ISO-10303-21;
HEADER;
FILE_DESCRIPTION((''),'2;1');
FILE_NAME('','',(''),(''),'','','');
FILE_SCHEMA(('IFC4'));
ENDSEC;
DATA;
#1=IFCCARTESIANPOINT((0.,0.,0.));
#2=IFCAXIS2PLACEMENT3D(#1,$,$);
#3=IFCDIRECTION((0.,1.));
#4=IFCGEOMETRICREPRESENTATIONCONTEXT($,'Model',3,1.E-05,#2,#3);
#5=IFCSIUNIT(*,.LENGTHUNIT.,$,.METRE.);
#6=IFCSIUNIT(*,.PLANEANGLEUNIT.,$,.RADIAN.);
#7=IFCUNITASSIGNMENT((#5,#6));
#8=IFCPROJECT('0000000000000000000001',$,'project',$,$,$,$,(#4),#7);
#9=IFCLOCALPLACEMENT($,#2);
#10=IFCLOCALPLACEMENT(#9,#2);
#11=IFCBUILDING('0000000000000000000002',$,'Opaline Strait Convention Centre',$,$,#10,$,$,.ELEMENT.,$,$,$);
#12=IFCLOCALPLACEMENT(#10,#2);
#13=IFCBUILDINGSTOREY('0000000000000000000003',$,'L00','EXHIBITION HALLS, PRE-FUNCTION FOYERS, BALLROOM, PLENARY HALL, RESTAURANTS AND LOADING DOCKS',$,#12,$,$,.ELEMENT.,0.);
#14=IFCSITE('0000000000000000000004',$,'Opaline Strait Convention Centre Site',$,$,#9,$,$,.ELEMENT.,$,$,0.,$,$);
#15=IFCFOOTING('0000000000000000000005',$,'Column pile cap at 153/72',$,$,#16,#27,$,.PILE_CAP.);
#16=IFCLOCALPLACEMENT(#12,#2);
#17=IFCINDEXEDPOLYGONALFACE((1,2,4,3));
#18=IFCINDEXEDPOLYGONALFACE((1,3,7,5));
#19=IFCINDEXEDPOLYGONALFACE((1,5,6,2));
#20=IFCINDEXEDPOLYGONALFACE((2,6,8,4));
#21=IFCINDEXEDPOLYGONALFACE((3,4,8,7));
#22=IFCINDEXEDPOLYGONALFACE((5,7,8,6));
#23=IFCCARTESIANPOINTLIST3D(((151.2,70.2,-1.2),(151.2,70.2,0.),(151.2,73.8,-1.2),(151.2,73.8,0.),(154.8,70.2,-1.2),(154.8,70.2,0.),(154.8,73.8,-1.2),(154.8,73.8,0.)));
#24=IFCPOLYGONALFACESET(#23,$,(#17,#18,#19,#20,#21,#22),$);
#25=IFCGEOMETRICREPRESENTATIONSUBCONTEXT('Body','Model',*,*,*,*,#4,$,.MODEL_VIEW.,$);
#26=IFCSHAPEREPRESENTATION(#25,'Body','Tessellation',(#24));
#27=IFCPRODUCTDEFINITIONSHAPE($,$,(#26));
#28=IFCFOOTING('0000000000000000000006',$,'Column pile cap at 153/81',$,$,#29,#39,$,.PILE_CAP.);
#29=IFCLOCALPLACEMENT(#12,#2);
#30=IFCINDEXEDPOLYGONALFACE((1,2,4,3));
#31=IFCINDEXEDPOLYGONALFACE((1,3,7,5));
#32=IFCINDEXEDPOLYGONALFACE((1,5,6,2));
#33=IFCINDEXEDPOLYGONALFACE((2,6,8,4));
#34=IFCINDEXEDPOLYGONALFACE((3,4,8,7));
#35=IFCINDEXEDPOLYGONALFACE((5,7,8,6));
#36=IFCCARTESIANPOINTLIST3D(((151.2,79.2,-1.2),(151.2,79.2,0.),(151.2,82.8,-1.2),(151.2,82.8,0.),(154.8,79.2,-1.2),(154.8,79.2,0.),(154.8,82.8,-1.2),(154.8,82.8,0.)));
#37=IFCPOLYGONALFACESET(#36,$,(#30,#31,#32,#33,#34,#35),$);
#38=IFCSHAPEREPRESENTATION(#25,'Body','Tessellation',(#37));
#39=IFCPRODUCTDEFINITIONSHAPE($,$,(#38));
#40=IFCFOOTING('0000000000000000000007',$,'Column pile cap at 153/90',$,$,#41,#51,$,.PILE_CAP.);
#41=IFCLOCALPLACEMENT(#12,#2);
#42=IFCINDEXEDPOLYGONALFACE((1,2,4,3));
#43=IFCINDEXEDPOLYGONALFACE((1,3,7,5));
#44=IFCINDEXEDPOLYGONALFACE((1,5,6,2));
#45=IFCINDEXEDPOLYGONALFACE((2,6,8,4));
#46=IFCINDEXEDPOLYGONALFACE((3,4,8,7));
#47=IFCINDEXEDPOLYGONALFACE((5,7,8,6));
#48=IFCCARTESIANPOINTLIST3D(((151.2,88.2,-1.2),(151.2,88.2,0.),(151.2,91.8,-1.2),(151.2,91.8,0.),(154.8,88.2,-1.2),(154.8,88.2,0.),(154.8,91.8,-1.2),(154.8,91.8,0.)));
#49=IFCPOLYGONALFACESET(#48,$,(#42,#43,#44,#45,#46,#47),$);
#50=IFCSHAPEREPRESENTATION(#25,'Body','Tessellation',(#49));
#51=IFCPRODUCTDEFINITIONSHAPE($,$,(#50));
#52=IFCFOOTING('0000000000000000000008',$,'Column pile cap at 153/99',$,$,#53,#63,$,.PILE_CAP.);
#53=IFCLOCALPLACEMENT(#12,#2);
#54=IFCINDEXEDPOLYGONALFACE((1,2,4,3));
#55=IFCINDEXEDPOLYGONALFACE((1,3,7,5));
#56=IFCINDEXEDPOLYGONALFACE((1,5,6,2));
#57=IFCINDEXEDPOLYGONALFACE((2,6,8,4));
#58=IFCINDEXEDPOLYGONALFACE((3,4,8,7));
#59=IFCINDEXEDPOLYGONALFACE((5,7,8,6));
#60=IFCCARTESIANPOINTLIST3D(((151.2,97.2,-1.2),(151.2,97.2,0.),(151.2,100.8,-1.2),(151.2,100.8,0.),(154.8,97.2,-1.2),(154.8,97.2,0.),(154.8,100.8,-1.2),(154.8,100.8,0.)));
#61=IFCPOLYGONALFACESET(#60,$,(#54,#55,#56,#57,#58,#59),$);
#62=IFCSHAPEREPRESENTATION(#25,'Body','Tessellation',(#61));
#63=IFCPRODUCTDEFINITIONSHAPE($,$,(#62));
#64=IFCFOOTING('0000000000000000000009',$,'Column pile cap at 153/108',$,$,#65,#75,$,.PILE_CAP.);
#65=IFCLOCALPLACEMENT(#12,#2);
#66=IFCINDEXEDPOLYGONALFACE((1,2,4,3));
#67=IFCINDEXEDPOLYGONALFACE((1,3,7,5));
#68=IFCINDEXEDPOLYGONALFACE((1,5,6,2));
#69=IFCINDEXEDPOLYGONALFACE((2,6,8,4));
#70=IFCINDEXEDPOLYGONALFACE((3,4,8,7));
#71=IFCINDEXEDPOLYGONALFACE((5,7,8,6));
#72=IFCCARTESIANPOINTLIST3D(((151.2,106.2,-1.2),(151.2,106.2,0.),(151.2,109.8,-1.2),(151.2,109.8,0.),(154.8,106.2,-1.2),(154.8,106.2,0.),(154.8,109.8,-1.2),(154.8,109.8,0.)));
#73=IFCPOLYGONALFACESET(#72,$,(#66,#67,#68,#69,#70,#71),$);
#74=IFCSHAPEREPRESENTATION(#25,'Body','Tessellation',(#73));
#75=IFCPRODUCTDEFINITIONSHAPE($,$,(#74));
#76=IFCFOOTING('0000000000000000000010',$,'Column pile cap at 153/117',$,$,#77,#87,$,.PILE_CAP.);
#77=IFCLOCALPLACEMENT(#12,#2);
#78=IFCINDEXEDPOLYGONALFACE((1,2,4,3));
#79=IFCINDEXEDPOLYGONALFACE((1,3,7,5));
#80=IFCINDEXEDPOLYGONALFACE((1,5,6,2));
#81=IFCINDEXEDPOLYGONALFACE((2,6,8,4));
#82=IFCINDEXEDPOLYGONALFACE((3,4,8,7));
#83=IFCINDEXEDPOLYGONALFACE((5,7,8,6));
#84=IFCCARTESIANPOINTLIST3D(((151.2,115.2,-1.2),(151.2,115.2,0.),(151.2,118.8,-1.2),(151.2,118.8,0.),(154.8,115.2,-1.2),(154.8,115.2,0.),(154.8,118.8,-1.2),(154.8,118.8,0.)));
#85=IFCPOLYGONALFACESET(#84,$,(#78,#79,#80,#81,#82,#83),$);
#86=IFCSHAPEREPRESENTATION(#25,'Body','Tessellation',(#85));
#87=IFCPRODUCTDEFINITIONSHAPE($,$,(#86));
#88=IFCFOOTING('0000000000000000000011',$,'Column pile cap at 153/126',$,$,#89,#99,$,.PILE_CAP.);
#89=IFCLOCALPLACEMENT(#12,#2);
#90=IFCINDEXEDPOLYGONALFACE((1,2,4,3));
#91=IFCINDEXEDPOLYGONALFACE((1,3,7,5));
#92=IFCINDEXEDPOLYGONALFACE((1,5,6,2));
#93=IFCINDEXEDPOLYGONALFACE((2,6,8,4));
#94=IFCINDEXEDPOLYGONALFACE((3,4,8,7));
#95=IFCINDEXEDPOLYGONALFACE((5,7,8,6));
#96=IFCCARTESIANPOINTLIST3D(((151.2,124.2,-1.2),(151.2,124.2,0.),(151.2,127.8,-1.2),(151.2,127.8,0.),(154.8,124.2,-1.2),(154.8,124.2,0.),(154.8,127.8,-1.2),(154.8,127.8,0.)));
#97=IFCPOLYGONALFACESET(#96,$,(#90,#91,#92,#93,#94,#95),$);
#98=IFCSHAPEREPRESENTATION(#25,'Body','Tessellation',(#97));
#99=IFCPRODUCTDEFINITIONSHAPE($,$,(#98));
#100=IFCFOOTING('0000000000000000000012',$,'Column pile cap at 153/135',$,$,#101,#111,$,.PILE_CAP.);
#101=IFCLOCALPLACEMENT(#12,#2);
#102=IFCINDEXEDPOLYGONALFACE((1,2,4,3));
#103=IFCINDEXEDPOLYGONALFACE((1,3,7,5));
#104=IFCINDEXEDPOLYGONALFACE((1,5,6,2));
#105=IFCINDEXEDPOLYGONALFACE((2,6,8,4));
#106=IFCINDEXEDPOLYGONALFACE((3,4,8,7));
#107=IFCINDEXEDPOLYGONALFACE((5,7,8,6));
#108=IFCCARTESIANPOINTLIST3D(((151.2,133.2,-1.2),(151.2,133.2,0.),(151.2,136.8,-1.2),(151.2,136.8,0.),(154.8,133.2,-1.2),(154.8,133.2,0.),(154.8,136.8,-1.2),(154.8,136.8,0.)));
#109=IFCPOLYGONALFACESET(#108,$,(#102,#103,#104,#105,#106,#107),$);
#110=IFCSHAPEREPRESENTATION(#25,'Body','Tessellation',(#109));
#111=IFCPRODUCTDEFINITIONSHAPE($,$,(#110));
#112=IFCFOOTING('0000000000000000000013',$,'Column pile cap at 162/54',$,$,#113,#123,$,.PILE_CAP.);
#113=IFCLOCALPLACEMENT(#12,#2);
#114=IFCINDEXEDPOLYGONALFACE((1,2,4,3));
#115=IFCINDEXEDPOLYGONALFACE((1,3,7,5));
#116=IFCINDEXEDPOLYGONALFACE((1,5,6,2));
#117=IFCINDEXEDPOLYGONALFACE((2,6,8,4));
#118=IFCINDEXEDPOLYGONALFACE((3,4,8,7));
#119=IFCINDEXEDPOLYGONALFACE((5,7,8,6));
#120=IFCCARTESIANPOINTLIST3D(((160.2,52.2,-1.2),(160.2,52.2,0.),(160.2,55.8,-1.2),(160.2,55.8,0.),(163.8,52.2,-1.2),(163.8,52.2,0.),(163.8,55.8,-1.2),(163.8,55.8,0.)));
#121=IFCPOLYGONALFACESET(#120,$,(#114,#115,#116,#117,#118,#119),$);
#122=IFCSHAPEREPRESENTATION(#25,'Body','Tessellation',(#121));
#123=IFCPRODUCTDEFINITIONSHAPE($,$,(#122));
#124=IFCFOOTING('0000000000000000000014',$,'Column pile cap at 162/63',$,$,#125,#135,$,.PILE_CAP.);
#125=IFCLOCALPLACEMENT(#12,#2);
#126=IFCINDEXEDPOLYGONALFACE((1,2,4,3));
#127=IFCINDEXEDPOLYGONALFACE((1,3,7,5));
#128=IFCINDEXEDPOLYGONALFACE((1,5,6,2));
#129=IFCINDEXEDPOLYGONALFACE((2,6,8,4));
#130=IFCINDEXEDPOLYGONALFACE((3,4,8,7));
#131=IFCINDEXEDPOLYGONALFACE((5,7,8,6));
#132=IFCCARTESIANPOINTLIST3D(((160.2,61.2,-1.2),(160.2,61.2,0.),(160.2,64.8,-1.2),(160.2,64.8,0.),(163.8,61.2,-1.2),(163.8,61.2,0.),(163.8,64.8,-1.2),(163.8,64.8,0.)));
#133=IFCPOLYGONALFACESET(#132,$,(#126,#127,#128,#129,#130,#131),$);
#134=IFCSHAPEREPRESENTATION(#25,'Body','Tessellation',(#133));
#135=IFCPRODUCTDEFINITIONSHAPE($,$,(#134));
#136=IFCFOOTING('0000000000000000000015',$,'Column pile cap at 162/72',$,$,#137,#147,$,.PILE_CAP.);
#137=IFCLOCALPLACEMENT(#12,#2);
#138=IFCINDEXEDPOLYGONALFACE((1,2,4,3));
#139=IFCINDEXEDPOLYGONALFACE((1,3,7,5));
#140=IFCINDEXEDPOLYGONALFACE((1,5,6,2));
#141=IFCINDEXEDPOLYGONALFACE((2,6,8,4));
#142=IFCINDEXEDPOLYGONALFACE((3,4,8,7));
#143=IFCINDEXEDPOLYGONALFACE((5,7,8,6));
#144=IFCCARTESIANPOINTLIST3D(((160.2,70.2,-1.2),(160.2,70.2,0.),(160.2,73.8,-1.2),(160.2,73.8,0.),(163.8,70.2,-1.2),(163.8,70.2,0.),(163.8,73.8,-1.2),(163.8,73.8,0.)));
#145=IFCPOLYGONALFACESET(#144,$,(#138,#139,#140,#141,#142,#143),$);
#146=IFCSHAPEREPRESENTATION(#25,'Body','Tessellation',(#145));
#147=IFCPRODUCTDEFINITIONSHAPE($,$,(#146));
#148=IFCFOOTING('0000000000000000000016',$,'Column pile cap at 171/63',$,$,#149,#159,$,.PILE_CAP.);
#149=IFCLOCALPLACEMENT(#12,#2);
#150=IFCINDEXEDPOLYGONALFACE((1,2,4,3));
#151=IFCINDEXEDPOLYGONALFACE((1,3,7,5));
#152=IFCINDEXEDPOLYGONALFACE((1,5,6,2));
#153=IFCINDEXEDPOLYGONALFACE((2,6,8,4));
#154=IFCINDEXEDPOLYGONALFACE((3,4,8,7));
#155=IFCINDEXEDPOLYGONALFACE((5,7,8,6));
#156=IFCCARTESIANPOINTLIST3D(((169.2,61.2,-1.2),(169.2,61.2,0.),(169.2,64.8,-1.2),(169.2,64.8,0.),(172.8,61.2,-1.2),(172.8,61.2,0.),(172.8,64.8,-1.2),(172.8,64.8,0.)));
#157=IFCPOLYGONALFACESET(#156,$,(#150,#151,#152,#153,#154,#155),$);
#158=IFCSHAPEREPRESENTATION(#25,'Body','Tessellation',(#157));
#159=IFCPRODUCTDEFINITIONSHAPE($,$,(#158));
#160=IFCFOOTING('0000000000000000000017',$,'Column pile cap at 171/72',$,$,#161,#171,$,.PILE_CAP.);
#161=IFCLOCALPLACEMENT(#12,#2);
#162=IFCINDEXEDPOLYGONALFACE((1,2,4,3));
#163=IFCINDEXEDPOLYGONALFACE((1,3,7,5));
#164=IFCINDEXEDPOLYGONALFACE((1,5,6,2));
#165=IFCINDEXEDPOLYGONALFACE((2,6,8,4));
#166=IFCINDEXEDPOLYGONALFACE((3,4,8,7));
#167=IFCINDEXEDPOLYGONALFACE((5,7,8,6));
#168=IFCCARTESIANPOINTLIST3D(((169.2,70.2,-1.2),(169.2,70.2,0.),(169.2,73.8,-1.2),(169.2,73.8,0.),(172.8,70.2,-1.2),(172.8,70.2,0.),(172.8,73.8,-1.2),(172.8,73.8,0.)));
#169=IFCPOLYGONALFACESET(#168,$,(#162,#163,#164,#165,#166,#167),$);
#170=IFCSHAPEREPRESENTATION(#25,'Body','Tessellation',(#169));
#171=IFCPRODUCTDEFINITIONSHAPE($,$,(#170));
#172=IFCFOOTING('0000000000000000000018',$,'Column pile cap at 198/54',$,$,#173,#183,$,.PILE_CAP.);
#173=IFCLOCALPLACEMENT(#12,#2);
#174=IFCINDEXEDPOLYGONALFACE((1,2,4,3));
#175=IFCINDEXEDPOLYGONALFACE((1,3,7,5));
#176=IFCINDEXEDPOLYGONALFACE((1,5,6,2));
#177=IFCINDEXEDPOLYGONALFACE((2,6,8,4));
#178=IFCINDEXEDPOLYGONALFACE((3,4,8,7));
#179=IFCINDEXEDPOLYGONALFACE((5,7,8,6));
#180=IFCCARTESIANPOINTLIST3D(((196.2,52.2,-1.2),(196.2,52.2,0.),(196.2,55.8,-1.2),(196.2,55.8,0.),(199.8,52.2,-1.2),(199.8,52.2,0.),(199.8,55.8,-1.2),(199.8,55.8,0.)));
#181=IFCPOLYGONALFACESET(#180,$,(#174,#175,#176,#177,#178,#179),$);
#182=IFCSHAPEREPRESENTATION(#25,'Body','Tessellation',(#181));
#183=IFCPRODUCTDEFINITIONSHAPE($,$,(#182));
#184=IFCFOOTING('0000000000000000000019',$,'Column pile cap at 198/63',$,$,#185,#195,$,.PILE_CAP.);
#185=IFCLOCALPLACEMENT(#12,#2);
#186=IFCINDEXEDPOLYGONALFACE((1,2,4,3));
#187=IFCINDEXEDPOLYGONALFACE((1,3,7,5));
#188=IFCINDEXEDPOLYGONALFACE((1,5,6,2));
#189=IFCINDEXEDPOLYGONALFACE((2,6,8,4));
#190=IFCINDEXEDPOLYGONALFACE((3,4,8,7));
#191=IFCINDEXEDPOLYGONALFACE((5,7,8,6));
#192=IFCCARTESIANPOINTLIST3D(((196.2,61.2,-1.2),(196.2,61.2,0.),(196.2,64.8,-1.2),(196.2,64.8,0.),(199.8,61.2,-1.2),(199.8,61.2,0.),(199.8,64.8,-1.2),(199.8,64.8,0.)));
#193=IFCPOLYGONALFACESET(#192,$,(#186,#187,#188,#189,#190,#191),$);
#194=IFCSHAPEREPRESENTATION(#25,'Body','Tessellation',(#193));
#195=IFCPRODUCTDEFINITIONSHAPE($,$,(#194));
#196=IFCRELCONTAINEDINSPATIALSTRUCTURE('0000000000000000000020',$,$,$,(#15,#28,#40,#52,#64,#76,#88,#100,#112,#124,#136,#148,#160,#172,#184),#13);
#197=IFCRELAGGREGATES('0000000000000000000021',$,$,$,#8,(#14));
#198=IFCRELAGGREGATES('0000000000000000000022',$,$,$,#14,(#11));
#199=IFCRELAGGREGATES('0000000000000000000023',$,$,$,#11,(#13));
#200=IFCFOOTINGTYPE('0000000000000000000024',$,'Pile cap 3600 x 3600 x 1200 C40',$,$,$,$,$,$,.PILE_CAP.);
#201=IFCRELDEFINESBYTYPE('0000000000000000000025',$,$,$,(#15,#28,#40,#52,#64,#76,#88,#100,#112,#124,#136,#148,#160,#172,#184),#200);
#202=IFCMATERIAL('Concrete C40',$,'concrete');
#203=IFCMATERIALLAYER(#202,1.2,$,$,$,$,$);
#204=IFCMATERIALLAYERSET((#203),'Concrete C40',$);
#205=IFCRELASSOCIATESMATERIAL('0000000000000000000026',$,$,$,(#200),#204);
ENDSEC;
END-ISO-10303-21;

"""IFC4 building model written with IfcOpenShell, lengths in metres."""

from ifc_helpers import new_model, si_unit, direction, frame, origin, place, context, subcontext, project, spatial, polyline, outline, extrude, material, layer, layer_set, type_object, element, save


model = new_model("IFC4")

# Units and contexts
model_context = context("Model", 3, precision=1e-05, world=origin(), true_north=direction((0.0, 1.0)))
body_context = subcontext(model_context, "Body", "Model", "MODEL_VIEW")
ifc_project = project(units=[si_unit("LENGTHUNIT", "METRE"), si_unit("PLANEANGLEUNIT", "RADIAN")], contexts=[model_context])

# Site, building, storey
site_placement = place(None, origin())
site = spatial("IfcSite", under=ifc_project, at=site_placement, Name="Opaline Strait Convention Centre Site", CompositionType="ELEMENT", RefElevation=0.0)
building_placement = place(site_placement, origin())
building = spatial("IfcBuilding", under=site, at=building_placement, Name="Opaline Strait Convention Centre", CompositionType="ELEMENT")
storey_placement = place(building_placement, origin())
storey = spatial("IfcBuildingStorey", under=building, at=storey_placement, Name="L00", Description="EXHIBITION HALLS, PRE-FUNCTION FOYERS, BALLROOM, PLENARY HALL, RESTAURANTS AND LOADING DOCKS", CompositionType="ELEMENT", Elevation=0.0)

# Footings
ifc_material = material(Name="Concrete C40", Category="concrete")
ifc_layer = layer(ifc_material, 1.2)
ifc_layer_set = layer_set([ifc_layer], Name="Concrete C40")
footing_type = type_object("IfcFootingType", Name="Pile cap 3600 x 3600 x 1200 C40", PredefinedType="PILE_CAP", material=ifc_layer_set)
footing_1_placement = place(storey_placement, frame((0.0, 0.0, -1.2)))
element("IfcFooting", 1, at=footing_1_placement, inside=storey, type_object=footing_type, Name="Column pile cap at 153/72", PredefinedType="PILE_CAP", context=body_context, shape_type="SweptSolid", body=[
    extrude(outline(polyline([(151.2, 70.2), (154.8, 70.2), (154.8, 73.8), (151.2, 73.8), (151.2, 70.2)])), origin(), (0.0, 0.0, 1.0), 1.2),
])
footing_2_placement = place(storey_placement, frame((0.0, 0.0, -1.2)))
element("IfcFooting", 2, at=footing_2_placement, inside=storey, type_object=footing_type, Name="Column pile cap at 153/81", PredefinedType="PILE_CAP", context=body_context, shape_type="SweptSolid", body=[
    extrude(outline(polyline([(151.2, 79.2), (154.8, 79.2), (154.8, 82.8), (151.2, 82.8), (151.2, 79.2)])), origin(), (0.0, 0.0, 1.0), 1.2),
])
footing_3_placement = place(storey_placement, frame((0.0, 0.0, -1.2)))
element("IfcFooting", 3, at=footing_3_placement, inside=storey, type_object=footing_type, Name="Column pile cap at 153/90", PredefinedType="PILE_CAP", context=body_context, shape_type="SweptSolid", body=[
    extrude(outline(polyline([(151.2, 88.2), (154.8, 88.2), (154.8, 91.8), (151.2, 91.8), (151.2, 88.2)])), origin(), (0.0, 0.0, 1.0), 1.2),
])
footing_4_placement = place(storey_placement, frame((0.0, 0.0, -1.2)))
element("IfcFooting", 4, at=footing_4_placement, inside=storey, type_object=footing_type, Name="Column pile cap at 153/99", PredefinedType="PILE_CAP", context=body_context, shape_type="SweptSolid", body=[
    extrude(outline(polyline([(151.2, 97.2), (154.8, 97.2), (154.8, 100.8), (151.2, 100.8), (151.2, 97.2)])), origin(), (0.0, 0.0, 1.0), 1.2),
])
footing_5_placement = place(storey_placement, frame((0.0, 0.0, -1.2)))
element("IfcFooting", 5, at=footing_5_placement, inside=storey, type_object=footing_type, Name="Column pile cap at 153/108", PredefinedType="PILE_CAP", context=body_context, shape_type="SweptSolid", body=[
    extrude(outline(polyline([(151.2, 106.2), (154.8, 106.2), (154.8, 109.8), (151.2, 109.8), (151.2, 106.2)])), origin(), (0.0, 0.0, 1.0), 1.2),
])
footing_6_placement = place(storey_placement, frame((0.0, 0.0, -1.2)))
element("IfcFooting", 6, at=footing_6_placement, inside=storey, type_object=footing_type, Name="Column pile cap at 153/117", PredefinedType="PILE_CAP", context=body_context, shape_type="SweptSolid", body=[
    extrude(outline(polyline([(151.2, 115.2), (154.8, 115.2), (154.8, 118.8), (151.2, 118.8), (151.2, 115.2)])), origin(), (0.0, 0.0, 1.0), 1.2),
])
footing_7_placement = place(storey_placement, frame((0.0, 0.0, -1.2)))
element("IfcFooting", 7, at=footing_7_placement, inside=storey, type_object=footing_type, Name="Column pile cap at 153/126", PredefinedType="PILE_CAP", context=body_context, shape_type="SweptSolid", body=[
    extrude(outline(polyline([(151.2, 124.2), (154.8, 124.2), (154.8, 127.8), (151.2, 127.8), (151.2, 124.2)])), origin(), (0.0, 0.0, 1.0), 1.2),
])
footing_8_placement = place(storey_placement, frame((0.0, 0.0, -1.2)))
element("IfcFooting", 8, at=footing_8_placement, inside=storey, type_object=footing_type, Name="Column pile cap at 153/135", PredefinedType="PILE_CAP", context=body_context, shape_type="SweptSolid", body=[
    extrude(outline(polyline([(151.2, 133.2), (154.8, 133.2), (154.8, 136.8), (151.2, 136.8), (151.2, 133.2)])), origin(), (0.0, 0.0, 1.0), 1.2),
])
footing_9_placement = place(storey_placement, frame((0.0, 0.0, -1.2)))
element("IfcFooting", 9, at=footing_9_placement, inside=storey, type_object=footing_type, Name="Column pile cap at 162/54", PredefinedType="PILE_CAP", context=body_context, shape_type="SweptSolid", body=[
    extrude(outline(polyline([(160.2, 52.2), (163.8, 52.2), (163.8, 55.8), (160.2, 55.8), (160.2, 52.2)])), origin(), (0.0, 0.0, 1.0), 1.2),
])
footing_10_placement = place(storey_placement, frame((0.0, 0.0, -1.2)))
element("IfcFooting", 10, at=footing_10_placement, inside=storey, type_object=footing_type, Name="Column pile cap at 162/63", PredefinedType="PILE_CAP", context=body_context, shape_type="SweptSolid", body=[
    extrude(outline(polyline([(160.2, 61.2), (163.8, 61.2), (163.8, 64.8), (160.2, 64.8), (160.2, 61.2)])), origin(), (0.0, 0.0, 1.0), 1.2),
])
footing_11_placement = place(storey_placement, frame((0.0, 0.0, -1.2)))
element("IfcFooting", 11, at=footing_11_placement, inside=storey, type_object=footing_type, Name="Column pile cap at 162/72", PredefinedType="PILE_CAP", context=body_context, shape_type="SweptSolid", body=[
    extrude(outline(polyline([(160.2, 70.2), (163.8, 70.2), (163.8, 73.8), (160.2, 73.8), (160.2, 70.2)])), origin(), (0.0, 0.0, 1.0), 1.2),
])
footing_12_placement = place(storey_placement, frame((0.0, 0.0, -1.2)))
element("IfcFooting", 12, at=footing_12_placement, inside=storey, type_object=footing_type, Name="Column pile cap at 171/63", PredefinedType="PILE_CAP", context=body_context, shape_type="SweptSolid", body=[
    extrude(outline(polyline([(169.2, 61.2), (172.8, 61.2), (172.8, 64.8), (169.2, 64.8), (169.2, 61.2)])), origin(), (0.0, 0.0, 1.0), 1.2),
])
footing_13_placement = place(storey_placement, frame((0.0, 0.0, -1.2)))
element("IfcFooting", 13, at=footing_13_placement, inside=storey, type_object=footing_type, Name="Column pile cap at 171/72", PredefinedType="PILE_CAP", context=body_context, shape_type="SweptSolid", body=[
    extrude(outline(polyline([(169.2, 70.2), (172.8, 70.2), (172.8, 73.8), (169.2, 73.8), (169.2, 70.2)])), origin(), (0.0, 0.0, 1.0), 1.2),
])
footing_14_placement = place(storey_placement, frame((0.0, 0.0, -1.2)))
element("IfcFooting", 14, at=footing_14_placement, inside=storey, type_object=footing_type, Name="Column pile cap at 198/54", PredefinedType="PILE_CAP", context=body_context, shape_type="SweptSolid", body=[
    extrude(outline(polyline([(196.2, 52.2), (199.8, 52.2), (199.8, 55.8), (196.2, 55.8), (196.2, 52.2)])), origin(), (0.0, 0.0, 1.0), 1.2),
])
footing_15_placement = place(storey_placement, frame((0.0, 0.0, -1.2)))
element("IfcFooting", 15, at=footing_15_placement, inside=storey, type_object=footing_type, Name="Column pile cap at 198/63", PredefinedType="PILE_CAP", context=body_context, shape_type="SweptSolid", body=[
    extrude(outline(polyline([(196.2, 61.2), (199.8, 61.2), (199.8, 64.8), (196.2, 64.8), (196.2, 61.2)])), origin(), (0.0, 0.0, 1.0), 1.2),
])

save(model, "model.ifc")
